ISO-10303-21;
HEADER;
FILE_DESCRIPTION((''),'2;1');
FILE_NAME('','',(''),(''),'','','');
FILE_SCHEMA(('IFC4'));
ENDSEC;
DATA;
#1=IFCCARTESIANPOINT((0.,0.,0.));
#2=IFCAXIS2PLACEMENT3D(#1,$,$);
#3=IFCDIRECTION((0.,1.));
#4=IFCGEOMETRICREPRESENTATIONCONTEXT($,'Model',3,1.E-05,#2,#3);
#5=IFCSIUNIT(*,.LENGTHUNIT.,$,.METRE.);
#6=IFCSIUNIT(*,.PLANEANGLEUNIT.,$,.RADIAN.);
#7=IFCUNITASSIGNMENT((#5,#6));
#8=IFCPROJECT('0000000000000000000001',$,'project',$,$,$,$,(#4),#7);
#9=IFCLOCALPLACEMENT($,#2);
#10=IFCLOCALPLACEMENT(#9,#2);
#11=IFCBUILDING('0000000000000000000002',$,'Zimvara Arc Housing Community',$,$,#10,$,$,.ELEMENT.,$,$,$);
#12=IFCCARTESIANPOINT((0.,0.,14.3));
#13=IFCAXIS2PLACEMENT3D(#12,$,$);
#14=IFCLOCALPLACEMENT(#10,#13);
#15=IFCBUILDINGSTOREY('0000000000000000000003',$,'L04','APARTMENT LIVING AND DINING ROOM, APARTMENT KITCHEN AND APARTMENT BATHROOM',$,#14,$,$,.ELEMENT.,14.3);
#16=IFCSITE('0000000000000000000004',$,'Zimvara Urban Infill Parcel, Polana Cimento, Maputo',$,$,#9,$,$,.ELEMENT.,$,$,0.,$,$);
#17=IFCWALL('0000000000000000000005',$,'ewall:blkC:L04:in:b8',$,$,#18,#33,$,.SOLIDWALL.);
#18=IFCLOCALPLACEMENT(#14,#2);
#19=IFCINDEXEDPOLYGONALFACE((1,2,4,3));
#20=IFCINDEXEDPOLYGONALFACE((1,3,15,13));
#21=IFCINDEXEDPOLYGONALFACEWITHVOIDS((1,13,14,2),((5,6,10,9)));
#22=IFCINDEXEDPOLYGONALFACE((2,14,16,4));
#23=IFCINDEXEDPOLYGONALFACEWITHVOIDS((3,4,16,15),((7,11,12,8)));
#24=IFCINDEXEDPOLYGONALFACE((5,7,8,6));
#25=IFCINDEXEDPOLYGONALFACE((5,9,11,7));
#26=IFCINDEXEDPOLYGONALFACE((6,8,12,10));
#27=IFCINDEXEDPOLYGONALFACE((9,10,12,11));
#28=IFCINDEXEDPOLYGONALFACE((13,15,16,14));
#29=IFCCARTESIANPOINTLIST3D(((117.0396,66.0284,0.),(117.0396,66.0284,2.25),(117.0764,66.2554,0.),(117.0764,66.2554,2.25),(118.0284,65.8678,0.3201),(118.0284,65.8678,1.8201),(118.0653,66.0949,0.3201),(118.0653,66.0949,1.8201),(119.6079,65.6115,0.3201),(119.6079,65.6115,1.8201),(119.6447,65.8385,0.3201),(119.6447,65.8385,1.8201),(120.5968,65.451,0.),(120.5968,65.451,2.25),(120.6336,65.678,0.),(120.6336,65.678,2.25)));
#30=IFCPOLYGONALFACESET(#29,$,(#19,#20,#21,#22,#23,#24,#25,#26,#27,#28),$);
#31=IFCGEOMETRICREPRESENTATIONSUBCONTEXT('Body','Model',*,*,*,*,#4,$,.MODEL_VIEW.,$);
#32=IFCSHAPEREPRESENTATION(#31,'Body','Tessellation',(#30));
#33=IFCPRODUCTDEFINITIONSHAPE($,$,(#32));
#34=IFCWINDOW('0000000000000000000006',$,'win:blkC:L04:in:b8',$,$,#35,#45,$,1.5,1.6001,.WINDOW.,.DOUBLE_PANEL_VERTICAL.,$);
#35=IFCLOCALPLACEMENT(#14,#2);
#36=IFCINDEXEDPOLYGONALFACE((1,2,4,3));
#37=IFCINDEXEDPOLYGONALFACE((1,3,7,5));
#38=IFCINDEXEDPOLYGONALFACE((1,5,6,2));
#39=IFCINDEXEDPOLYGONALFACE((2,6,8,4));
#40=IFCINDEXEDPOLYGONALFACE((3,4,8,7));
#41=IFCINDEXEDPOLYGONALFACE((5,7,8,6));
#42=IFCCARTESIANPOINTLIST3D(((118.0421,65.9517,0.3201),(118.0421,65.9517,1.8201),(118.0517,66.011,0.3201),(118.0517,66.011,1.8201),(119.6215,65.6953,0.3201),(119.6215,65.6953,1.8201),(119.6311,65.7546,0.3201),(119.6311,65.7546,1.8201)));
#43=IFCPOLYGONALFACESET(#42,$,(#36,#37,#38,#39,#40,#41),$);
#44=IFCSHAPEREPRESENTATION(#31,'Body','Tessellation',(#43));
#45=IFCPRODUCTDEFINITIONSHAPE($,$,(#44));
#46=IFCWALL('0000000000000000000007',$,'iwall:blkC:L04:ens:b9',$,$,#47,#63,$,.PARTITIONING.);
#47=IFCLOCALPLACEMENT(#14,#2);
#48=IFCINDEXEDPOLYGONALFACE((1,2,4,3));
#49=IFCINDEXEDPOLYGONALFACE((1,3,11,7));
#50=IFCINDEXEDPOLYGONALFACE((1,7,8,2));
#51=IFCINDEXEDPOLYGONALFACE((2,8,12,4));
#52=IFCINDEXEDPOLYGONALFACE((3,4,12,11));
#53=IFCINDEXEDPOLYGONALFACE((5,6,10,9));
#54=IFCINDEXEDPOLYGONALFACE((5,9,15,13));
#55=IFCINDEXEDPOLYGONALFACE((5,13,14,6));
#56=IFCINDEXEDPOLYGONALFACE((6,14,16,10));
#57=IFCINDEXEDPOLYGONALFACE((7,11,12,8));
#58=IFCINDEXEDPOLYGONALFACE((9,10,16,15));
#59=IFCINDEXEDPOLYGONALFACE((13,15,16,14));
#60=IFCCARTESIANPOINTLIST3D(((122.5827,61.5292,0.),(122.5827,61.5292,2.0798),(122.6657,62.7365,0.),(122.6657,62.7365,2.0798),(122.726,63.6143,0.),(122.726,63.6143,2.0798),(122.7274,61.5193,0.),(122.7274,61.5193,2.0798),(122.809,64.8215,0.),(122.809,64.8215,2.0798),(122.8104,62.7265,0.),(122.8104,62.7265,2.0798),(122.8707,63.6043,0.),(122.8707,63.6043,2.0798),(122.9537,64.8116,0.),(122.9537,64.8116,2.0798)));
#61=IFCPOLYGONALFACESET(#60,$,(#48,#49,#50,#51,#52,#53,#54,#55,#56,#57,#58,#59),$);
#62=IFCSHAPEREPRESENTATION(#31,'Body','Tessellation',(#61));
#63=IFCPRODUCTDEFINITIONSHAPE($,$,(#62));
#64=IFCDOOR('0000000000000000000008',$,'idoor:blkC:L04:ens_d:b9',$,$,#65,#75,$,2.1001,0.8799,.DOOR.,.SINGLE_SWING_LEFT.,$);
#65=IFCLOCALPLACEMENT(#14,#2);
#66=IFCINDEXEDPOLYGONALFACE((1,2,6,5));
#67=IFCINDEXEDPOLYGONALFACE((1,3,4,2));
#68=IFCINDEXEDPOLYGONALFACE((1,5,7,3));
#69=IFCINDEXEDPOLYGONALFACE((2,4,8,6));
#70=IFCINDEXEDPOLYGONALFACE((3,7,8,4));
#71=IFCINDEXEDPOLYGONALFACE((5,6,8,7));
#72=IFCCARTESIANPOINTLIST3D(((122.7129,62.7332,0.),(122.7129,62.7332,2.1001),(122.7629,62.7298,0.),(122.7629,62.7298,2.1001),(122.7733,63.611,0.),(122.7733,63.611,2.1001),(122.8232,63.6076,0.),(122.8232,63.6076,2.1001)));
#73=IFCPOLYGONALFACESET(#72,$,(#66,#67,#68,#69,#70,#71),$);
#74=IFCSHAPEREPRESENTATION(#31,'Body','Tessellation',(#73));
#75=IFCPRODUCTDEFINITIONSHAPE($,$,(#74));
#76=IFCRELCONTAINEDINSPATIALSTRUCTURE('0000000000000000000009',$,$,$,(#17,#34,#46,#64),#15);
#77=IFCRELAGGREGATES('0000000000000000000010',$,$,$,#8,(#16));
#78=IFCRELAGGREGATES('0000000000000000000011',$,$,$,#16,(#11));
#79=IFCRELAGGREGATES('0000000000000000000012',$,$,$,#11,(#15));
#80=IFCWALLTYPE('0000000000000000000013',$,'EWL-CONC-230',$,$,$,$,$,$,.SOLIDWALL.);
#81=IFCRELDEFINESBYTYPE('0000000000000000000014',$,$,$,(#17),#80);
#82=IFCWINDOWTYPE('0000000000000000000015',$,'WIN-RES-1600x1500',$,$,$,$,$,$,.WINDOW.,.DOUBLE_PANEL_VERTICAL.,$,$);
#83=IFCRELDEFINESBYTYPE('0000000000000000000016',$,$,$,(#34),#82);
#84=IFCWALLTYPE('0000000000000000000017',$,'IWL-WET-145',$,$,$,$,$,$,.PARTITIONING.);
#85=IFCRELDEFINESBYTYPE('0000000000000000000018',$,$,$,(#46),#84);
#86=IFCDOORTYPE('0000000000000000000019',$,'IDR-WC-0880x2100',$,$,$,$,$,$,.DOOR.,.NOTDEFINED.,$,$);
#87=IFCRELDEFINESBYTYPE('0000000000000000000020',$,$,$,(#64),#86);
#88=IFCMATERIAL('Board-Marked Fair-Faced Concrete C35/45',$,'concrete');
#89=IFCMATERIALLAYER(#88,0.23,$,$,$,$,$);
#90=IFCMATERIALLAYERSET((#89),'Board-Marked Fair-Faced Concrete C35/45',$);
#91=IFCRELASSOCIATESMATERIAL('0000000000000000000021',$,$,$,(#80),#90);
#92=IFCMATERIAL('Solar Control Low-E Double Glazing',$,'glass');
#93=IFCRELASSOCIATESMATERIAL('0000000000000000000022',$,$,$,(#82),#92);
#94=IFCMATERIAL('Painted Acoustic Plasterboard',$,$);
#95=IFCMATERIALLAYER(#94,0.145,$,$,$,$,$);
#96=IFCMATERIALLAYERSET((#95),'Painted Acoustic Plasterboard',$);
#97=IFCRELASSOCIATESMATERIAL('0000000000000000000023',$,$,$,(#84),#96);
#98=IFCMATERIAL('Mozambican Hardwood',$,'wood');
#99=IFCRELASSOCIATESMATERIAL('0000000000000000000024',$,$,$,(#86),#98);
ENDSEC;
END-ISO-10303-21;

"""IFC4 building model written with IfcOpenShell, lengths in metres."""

from ifc_helpers import new_model, si_unit, direction, frame, frame_2d, origin, place, context, subcontext, project, spatial, rectangle, extrude, material, layer, layer_set, type_object, element, fill, save


model = new_model("IFC4")

# Units and contexts
model_context = context("Model", 3, precision=1e-05, world=origin(), true_north=direction((0.0, 1.0)))
body_context = subcontext(model_context, "Body", "Model", "MODEL_VIEW")
ifc_project = project(units=[si_unit("LENGTHUNIT", "METRE"), si_unit("PLANEANGLEUNIT", "RADIAN")], contexts=[model_context])

# Site, building, storey
site_placement = place(None, origin())
site = spatial("IfcSite", under=ifc_project, at=site_placement, Name="Zimvara Urban Infill Parcel, Polana Cimento, Maputo", CompositionType="ELEMENT", RefElevation=0.0)
building_placement = place(site_placement, origin())
building = spatial("IfcBuilding", under=site, at=building_placement, Name="Zimvara Arc Housing Community", CompositionType="ELEMENT")
storey_placement = place(building_placement, frame((0.0, 0.0, 14.3)))
storey = spatial("IfcBuildingStorey", under=building, at=storey_placement, Name="L04", Description="APARTMENT LIVING AND DINING ROOM, APARTMENT KITCHEN AND APARTMENT BATHROOM", CompositionType="ELEMENT", Elevation=14.3)

# Wall, opening, window
ifc_material_1 = material(Name="Board-Marked Fair-Faced Concrete C35/45", Category="concrete")
ifc_layer_1 = layer(ifc_material_1, 0.23)
ifc_layer_set_1 = layer_set([ifc_layer_1], Name="Board-Marked Fair-Faced Concrete C35/45")
wall_type_1 = type_object("IfcWallType", Name="EWL-CONC-230", PredefinedType="SOLIDWALL", material=ifc_layer_set_1)
wall_1_placement = place(storey_placement, frame((117.0581, 66.1418, 0.0), z_axis=(0.0, 0.0, 1.0), x_axis=(0.987081, -0.160223, 0.0)))
wall_1 = element("IfcWall", 1, at=wall_1_placement, inside=storey, type_object=wall_type_1, Name="ewall:blkC:L04:in:b8", PredefinedType="SOLIDWALL", context=body_context, shape_type="SweptSolid", body=[
    extrude(rectangle(XDim=3.6038, YDim=0.23, at=frame_2d((1.8018, 0.0))), origin(), (0.0, 0.0, 1.0), 2.25),
])
opening_1_placement = place(wall_1_placement, frame((1.0017, 0.0, 0.3201)))
opening_1 = element("IfcOpeningElement", 2, at=opening_1_placement, cuts=wall_1, PredefinedType="OPENING", context=body_context, shape_type="SweptSolid", body=[
    extrude(rectangle(XDim=1.6001, YDim=1.5, at=frame_2d((0.8, 0.75))), frame((0.0, 0.125, 0.0), z_axis=(0.0, -1.0, 0.0), x_axis=(1.0, 0.0, 0.0)), (0.0, 0.0, 1.0), 0.25),
])
ifc_material_2 = material(Name="Solar Control Low-E Double Glazing", Category="glass")
window_type = type_object("IfcWindowType", Name="WIN-RES-1600x1500", PartitioningType="DOUBLE_PANEL_VERTICAL", PredefinedType="WINDOW", material=ifc_material_2)
window_placement = place(opening_1_placement, origin())
window = element("IfcWindow", 3, at=window_placement, inside=storey, type_object=window_type, Name="win:blkC:L04:in:b8", OverallHeight=1.5, OverallWidth=1.6001, PartitioningType="DOUBLE_PANEL_VERTICAL", PredefinedType="WINDOW", context=body_context, shape_type="SweptSolid", body=[
    extrude(rectangle(XDim=1.6001, YDim=1.5, at=frame_2d((0.8, 0.75))), frame((0.0, 0.03, 0.0), z_axis=(0.0, -1.0, 0.0), x_axis=(1.0, 0.0, 0.0)), (0.0, 0.0, 1.0), 0.0601),
])
fill(opening_1, window)

# Wall, opening, door
ifc_material_3 = material(Name="Painted Acoustic Plasterboard")
ifc_layer_2 = layer(ifc_material_3, 0.145)
ifc_layer_set_2 = layer_set([ifc_layer_2], Name="Painted Acoustic Plasterboard")
wall_type_2 = type_object("IfcWallType", Name="IWL-WET-145", PredefinedType="PARTITIONING", material=ifc_layer_set_2)
wall_2_placement = place(storey_placement, frame((122.8813, 64.8164, 0.0), z_axis=(0.0, 0.0, 1.0), x_axis=(-0.068581, -0.997646, 0.0)))
wall_2 = element("IfcWall", 4, at=wall_2_placement, inside=storey, type_object=wall_type_2, Name="iwall:blkC:L04:ens:b9", PredefinedType="PARTITIONING", context=body_context, shape_type="SweptSolid", body=[
    extrude(rectangle(XDim=3.3, YDim=0.145, at=frame_2d((1.6499, 0.0))), origin(), (0.0, 0.0, 1.0), 2.0798),
])
opening_2_placement = place(wall_2_placement, frame((1.21, 0.0, 0.0)))
opening_2 = element("IfcOpeningElement", 5, at=opening_2_placement, cuts=wall_2, PredefinedType="OPENING", context=body_context, shape_type="SweptSolid", body=[
    extrude(rectangle(XDim=0.8799, YDim=2.1001, at=frame_2d((0.4399, 1.05))), frame((0.0, 0.0825, 0.0), z_axis=(0.0, -1.0, 0.0), x_axis=(1.0, 0.0, 0.0)), (0.0, 0.0, 1.0), 0.165),
])
ifc_material_4 = material(Name="Mozambican Hardwood", Category="wood")
door_type = type_object("IfcDoorType", Name="IDR-WC-0880x2100", OperationType="NOTDEFINED", PredefinedType="DOOR", material=ifc_material_4)
door_placement = place(opening_2_placement, origin())
door = element("IfcDoor", 6, at=door_placement, inside=storey, type_object=door_type, Name="idoor:blkC:L04:ens_d:b9", OperationType="SINGLE_SWING_LEFT", OverallHeight=2.1001, OverallWidth=0.8799, PredefinedType="DOOR", context=body_context, shape_type="SweptSolid", body=[
    extrude(rectangle(XDim=0.8799, YDim=2.1001, at=frame_2d((0.4399, 1.05))), frame((0.0, 0.0249, 0.0), z_axis=(0.0, -1.0, 0.0), x_axis=(1.0, 0.0, 0.0)), (0.0, 0.0, 1.0), 0.05),
])
fill(opening_2, door)

save(model, "model.ifc")
